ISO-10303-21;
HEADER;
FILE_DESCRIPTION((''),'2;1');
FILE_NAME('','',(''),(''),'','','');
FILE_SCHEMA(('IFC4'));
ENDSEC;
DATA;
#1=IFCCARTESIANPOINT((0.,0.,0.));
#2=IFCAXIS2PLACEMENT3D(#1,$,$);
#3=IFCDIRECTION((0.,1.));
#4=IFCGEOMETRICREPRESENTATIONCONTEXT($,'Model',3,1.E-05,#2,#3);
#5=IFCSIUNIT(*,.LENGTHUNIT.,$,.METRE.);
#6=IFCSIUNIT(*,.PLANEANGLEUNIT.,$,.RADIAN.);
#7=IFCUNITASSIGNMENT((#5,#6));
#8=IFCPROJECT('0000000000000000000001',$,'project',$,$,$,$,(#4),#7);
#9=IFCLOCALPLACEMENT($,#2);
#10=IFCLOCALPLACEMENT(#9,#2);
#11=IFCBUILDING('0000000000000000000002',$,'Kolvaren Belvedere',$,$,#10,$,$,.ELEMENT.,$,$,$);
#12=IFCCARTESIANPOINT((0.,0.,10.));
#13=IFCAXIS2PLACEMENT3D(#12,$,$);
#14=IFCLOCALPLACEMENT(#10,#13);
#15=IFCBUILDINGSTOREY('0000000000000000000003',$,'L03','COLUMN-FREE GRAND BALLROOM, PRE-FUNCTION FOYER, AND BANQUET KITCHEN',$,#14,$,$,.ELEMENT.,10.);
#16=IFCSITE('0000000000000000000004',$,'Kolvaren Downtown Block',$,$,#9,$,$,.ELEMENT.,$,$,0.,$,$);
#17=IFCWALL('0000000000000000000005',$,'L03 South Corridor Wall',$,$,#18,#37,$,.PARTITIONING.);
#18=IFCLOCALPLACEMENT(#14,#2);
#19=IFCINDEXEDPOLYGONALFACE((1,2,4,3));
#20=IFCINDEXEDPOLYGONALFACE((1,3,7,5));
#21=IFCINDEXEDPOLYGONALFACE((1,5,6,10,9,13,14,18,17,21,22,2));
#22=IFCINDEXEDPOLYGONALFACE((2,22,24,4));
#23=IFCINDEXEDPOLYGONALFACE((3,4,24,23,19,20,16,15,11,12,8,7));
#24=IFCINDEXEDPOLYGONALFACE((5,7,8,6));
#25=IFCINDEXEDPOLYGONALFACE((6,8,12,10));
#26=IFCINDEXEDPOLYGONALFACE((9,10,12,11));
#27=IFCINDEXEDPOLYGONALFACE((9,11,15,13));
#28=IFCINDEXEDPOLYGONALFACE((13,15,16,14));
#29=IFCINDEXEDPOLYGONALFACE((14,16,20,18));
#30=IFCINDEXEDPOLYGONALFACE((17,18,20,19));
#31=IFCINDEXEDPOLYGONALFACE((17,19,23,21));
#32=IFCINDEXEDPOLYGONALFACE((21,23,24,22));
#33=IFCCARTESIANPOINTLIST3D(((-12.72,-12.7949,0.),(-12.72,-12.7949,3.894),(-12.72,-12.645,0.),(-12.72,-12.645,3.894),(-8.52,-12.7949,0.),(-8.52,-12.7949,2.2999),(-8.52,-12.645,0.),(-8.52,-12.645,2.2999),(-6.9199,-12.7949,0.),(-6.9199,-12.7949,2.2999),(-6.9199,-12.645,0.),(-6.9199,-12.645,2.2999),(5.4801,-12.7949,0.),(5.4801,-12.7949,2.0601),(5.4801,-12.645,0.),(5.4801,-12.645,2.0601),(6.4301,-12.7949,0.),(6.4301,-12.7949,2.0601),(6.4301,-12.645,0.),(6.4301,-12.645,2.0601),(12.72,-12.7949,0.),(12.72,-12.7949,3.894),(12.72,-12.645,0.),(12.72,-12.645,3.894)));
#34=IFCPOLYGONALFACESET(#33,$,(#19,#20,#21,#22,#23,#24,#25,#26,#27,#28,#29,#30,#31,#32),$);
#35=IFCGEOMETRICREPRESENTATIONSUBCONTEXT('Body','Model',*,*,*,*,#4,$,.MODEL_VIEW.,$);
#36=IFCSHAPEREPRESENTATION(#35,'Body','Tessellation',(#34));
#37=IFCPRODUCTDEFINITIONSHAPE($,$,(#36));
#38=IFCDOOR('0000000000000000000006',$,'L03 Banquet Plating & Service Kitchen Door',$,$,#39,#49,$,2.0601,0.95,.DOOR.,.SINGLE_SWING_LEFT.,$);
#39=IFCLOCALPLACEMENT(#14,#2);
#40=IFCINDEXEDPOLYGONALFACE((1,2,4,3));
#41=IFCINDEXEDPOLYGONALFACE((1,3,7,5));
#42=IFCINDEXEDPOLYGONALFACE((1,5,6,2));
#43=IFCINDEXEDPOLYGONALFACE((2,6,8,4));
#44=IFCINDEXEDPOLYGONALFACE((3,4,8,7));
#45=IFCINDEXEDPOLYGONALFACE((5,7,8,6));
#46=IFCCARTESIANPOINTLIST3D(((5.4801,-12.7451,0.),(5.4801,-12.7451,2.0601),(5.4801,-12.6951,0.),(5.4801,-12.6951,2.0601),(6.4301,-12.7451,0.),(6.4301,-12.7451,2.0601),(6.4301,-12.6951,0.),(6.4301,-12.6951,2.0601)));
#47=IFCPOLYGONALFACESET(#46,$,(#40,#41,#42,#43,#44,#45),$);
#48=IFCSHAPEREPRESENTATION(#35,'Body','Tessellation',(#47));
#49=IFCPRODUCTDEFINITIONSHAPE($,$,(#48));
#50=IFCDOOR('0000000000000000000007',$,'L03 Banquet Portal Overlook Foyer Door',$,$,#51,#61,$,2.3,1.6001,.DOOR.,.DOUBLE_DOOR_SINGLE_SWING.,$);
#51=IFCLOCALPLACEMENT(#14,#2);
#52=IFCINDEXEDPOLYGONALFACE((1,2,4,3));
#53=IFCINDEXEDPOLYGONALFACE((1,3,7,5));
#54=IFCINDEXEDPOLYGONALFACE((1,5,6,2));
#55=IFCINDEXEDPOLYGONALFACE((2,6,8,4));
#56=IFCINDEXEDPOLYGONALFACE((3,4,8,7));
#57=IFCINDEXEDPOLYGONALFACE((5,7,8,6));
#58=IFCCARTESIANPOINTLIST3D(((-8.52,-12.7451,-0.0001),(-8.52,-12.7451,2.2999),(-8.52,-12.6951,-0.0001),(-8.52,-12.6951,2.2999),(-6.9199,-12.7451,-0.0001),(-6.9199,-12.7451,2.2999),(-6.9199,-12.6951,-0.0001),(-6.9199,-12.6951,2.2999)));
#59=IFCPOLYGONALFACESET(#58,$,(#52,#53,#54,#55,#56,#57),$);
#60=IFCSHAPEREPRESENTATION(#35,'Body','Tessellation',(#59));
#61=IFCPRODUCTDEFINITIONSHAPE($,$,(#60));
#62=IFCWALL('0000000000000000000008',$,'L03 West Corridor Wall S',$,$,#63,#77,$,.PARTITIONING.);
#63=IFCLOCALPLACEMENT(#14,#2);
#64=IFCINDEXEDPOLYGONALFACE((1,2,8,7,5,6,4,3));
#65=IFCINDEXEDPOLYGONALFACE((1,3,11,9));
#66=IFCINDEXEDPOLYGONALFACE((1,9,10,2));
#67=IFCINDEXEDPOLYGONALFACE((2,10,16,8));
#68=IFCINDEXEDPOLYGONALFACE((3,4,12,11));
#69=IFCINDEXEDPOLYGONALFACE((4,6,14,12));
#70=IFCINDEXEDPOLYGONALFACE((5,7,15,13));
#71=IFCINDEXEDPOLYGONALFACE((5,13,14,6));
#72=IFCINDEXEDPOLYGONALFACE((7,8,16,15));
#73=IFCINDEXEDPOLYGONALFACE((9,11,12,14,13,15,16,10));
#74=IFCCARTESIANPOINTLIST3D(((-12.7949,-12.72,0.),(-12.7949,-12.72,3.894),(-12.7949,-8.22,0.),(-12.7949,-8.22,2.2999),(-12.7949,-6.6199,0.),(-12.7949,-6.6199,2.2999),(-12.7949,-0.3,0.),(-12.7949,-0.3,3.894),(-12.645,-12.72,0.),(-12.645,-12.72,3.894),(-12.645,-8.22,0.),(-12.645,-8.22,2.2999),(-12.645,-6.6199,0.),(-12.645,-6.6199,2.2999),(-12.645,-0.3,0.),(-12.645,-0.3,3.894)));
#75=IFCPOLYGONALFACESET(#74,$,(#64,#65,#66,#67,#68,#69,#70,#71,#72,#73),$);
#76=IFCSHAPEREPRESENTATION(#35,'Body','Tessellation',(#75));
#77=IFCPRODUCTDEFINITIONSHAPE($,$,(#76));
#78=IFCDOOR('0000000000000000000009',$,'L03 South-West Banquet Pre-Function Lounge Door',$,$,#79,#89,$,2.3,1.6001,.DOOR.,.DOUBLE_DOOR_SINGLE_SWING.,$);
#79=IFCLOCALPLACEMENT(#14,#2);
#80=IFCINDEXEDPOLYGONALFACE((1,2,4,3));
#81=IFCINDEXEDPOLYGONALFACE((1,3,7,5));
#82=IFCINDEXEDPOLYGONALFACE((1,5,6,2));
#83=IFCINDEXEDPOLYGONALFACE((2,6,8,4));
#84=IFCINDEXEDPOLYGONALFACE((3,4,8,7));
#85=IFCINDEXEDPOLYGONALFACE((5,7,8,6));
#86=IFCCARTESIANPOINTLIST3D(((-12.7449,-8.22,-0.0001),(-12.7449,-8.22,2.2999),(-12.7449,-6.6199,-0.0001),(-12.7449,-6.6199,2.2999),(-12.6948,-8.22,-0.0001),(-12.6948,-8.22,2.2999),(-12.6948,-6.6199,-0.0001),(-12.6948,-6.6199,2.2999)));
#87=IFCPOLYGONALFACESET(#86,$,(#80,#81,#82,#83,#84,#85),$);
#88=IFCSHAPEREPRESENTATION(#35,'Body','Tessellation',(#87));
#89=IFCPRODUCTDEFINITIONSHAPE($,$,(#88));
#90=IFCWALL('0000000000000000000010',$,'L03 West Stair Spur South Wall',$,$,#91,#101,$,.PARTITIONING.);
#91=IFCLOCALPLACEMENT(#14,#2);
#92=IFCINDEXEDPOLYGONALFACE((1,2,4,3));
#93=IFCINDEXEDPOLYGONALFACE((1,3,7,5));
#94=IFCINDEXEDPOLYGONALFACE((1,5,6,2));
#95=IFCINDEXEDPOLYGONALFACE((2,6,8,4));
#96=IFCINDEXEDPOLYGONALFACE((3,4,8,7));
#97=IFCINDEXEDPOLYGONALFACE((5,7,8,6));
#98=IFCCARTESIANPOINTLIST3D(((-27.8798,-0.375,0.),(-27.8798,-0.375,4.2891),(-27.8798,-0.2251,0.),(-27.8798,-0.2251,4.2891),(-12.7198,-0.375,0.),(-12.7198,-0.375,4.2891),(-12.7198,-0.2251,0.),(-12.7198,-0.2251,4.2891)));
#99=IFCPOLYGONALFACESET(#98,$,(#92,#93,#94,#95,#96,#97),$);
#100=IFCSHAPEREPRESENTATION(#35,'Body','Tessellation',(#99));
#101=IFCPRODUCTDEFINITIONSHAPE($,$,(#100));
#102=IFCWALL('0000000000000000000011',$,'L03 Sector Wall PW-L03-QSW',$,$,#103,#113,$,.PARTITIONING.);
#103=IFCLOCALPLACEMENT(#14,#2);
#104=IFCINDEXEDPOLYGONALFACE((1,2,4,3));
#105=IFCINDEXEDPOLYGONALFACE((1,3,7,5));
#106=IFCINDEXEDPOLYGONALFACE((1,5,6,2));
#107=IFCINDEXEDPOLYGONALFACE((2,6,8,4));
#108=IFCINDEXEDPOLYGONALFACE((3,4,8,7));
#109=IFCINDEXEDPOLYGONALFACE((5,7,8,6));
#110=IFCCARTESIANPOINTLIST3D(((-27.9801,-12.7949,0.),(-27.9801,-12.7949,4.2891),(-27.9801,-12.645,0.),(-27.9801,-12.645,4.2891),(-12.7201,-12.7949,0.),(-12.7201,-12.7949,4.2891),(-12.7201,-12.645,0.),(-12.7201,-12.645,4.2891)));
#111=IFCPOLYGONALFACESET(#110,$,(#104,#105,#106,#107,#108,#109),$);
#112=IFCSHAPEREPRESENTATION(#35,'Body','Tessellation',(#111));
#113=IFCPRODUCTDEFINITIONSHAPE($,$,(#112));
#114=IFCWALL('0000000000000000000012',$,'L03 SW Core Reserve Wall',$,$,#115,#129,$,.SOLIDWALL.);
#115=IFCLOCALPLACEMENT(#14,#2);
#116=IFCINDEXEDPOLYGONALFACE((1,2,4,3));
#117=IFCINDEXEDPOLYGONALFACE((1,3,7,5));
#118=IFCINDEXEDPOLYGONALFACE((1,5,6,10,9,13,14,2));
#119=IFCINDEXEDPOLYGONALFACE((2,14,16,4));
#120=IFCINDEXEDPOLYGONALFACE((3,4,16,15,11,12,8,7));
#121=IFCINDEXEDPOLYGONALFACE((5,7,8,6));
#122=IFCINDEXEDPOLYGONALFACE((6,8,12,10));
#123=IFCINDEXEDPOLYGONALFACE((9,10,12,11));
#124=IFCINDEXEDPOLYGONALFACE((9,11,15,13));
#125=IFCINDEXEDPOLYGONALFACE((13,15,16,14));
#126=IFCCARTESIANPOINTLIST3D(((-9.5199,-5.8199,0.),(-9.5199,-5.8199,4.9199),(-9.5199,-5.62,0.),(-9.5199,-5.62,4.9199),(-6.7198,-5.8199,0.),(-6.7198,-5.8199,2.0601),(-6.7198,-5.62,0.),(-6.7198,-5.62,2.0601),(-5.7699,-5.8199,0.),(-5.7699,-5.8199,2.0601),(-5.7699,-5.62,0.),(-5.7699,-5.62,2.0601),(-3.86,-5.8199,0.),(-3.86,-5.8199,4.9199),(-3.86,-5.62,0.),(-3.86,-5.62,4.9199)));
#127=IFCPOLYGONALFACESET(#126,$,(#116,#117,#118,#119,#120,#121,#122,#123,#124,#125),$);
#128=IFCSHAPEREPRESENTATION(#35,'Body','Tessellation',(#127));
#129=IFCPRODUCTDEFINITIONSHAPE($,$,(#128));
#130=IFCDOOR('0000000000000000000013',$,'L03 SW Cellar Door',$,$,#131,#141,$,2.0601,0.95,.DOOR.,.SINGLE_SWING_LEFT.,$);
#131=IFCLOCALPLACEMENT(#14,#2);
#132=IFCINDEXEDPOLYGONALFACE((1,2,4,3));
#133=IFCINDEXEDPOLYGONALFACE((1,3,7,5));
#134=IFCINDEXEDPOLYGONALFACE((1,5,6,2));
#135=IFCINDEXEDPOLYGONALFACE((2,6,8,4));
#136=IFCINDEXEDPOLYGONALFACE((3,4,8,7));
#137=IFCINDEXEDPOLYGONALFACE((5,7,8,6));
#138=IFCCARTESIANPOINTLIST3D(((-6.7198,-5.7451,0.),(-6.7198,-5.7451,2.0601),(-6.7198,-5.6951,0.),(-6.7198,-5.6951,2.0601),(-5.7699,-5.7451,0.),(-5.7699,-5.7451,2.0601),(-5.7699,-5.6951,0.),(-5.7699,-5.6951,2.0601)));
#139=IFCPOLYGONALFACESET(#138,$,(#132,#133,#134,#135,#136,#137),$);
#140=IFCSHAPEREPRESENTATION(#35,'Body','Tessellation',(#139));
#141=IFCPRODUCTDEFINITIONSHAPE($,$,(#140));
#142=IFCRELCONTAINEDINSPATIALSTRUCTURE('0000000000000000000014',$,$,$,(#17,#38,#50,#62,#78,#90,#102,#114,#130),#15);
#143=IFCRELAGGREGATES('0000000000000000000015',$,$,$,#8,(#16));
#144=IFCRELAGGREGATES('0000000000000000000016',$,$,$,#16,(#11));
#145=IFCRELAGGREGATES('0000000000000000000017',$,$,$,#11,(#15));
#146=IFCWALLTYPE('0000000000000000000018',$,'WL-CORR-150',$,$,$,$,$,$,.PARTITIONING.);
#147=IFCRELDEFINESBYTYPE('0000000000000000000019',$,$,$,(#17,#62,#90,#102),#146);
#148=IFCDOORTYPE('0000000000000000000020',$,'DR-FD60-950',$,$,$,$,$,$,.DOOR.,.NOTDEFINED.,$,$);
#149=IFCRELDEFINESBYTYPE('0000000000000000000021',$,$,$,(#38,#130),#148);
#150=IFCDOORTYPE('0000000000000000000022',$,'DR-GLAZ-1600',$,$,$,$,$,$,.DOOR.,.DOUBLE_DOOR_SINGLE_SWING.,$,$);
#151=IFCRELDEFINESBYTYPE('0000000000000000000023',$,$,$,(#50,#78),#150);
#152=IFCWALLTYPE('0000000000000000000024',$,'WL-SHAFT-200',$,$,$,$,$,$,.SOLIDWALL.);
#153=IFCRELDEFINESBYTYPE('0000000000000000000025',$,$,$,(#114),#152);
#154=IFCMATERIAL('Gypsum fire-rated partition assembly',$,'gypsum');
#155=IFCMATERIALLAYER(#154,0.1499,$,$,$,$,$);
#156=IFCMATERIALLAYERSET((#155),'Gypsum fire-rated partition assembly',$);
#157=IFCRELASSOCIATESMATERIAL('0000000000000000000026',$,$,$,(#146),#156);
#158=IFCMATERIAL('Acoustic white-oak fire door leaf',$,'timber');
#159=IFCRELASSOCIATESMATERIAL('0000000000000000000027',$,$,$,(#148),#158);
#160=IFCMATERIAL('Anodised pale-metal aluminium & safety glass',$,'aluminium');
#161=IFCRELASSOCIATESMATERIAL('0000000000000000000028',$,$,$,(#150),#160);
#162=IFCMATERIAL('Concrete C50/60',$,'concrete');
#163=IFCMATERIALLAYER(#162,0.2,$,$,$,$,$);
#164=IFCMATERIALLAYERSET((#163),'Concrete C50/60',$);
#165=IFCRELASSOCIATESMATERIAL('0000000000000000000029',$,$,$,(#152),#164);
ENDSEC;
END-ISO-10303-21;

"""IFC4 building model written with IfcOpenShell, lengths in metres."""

from ifc_helpers import new_model, si_unit, direction, frame, frame_2d, origin, place, context, subcontext, project, spatial, rectangle, extrude, material, layer, layer_set, type_object, element, fill, save


model = new_model("IFC4")

# Units and contexts
model_context = context("Model", 3, precision=1e-05, world=origin(), true_north=direction((0.0, 1.0)))
body_context = subcontext(model_context, "Body", "Model", "MODEL_VIEW")
ifc_project = project(units=[si_unit("LENGTHUNIT", "METRE"), si_unit("PLANEANGLEUNIT", "RADIAN")], contexts=[model_context])

# Site, building, storey
site_placement = place(None, origin())
site = spatial("IfcSite", under=ifc_project, at=site_placement, Name="Kolvaren Downtown Block", CompositionType="ELEMENT", RefElevation=0.0)
building_placement = place(site_placement, origin())
building = spatial("IfcBuilding", under=site, at=building_placement, Name="Kolvaren Belvedere", CompositionType="ELEMENT")
storey_placement = place(building_placement, frame((0.0, 0.0, 10.0)))
storey = spatial("IfcBuildingStorey", under=building, at=storey_placement, Name="L03", Description="COLUMN-FREE GRAND BALLROOM, PRE-FUNCTION FOYER, AND BANQUET KITCHEN", CompositionType="ELEMENT", Elevation=10.0)

# Wall, openings, doors
ifc_material_1 = material(Name="Gypsum fire-rated partition assembly", Category="gypsum")
ifc_layer_1 = layer(ifc_material_1, 0.1499)
ifc_layer_set_1 = layer_set([ifc_layer_1], Name="Gypsum fire-rated partition assembly")
wall_type_1 = type_object("IfcWallType", Name="WL-CORR-150", PredefinedType="PARTITIONING", material=ifc_layer_set_1)
wall_1_placement = place(storey_placement, frame((-12.72, -12.72, 0.0), z_axis=(0.0, 0.0, 1.0), x_axis=(1.0, 0.0, 0.0)))
wall_1 = element("IfcWall", 1, at=wall_1_placement, inside=storey, type_object=wall_type_1, Name="L03 South Corridor Wall", PredefinedType="PARTITIONING", context=body_context, shape_type="SweptSolid", body=[
    extrude(rectangle(XDim=25.4399, YDim=0.1499, at=frame_2d((12.72, 0.0))), origin(), (0.0, 0.0, 1.0), 3.894),
])
opening_1_placement = place(wall_1_placement, frame((4.2, 0.0, 0.0)))
opening_1 = element("IfcOpeningElement", 2, at=opening_1_placement, cuts=wall_1, PredefinedType="OPENING", context=body_context, shape_type="SweptSolid", body=[
    extrude(rectangle(XDim=1.6001, YDim=2.3, at=frame_2d((0.8, 1.1499))), frame((0.0, 0.085, 0.0), z_axis=(0.0, -1.0, 0.0), x_axis=(1.0, 0.0, 0.0)), (0.0, 0.0, 1.0), 0.1699),
])
opening_2_placement = place(wall_1_placement, frame((18.2, 0.0, 0.0)))
opening_2 = element("IfcOpeningElement", 3, at=opening_2_placement, cuts=wall_1, PredefinedType="OPENING", context=body_context, shape_type="SweptSolid", body=[
    extrude(rectangle(XDim=0.95, YDim=2.0601, at=frame_2d((0.4751, 1.03))), frame((0.0, 0.085, 0.0), z_axis=(0.0, -1.0, 0.0), x_axis=(1.0, 0.0, 0.0)), (0.0, 0.0, 1.0), 0.1699),
])
ifc_material_2 = material(Name="Acoustic white-oak fire door leaf", Category="timber")
door_type_1 = type_object("IfcDoorType", Name="DR-FD60-950", OperationType="NOTDEFINED", PredefinedType="DOOR", material=ifc_material_2)
door_1_placement = place(opening_2_placement, origin())
door_1 = element("IfcDoor", 4, at=door_1_placement, inside=storey, type_object=door_type_1, Name="L03 Banquet Plating & Service Kitchen Door", OperationType="SINGLE_SWING_LEFT", OverallHeight=2.0601, OverallWidth=0.95, PredefinedType="DOOR", context=body_context, shape_type="SweptSolid", body=[
    extrude(rectangle(XDim=0.95, YDim=2.0601, at=frame_2d((0.4751, 1.03))), frame((0.0, 0.0249, 0.0), z_axis=(0.0, -1.0, 0.0), x_axis=(1.0, 0.0, 0.0)), (0.0, 0.0, 1.0), 0.05),
])
fill(opening_2, door_1)
ifc_material_3 = material(Name="Anodised pale-metal aluminium & safety glass", Category="aluminium")
door_type_2 = type_object("IfcDoorType", Name="DR-GLAZ-1600", OperationType="DOUBLE_DOOR_SINGLE_SWING", PredefinedType="DOOR", material=ifc_material_3)
door_2_placement = place(opening_1_placement, origin())
door_2 = element("IfcDoor", 5, at=door_2_placement, inside=storey, type_object=door_type_2, Name="L03 Banquet Portal Overlook Foyer Door", OperationType="DOUBLE_DOOR_SINGLE_SWING", OverallHeight=2.3, OverallWidth=1.6001, PredefinedType="DOOR", context=body_context, shape_type="SweptSolid", body=[
    extrude(rectangle(XDim=1.6001, YDim=2.3, at=frame_2d((0.8, 1.1499))), frame((0.0, 0.0249, 0.0), z_axis=(0.0, -1.0, 0.0), x_axis=(1.0, 0.0, 0.0)), (0.0, 0.0, 1.0), 0.05),
])
fill(opening_1, door_2)

# Wall, opening, door
wall_2_placement = place(storey_placement, frame((-12.72, -12.72, 0.0), z_axis=(0.0, 0.0, 1.0), x_axis=(0.0, 1.0, 0.0)))
wall_2 = element("IfcWall", 6, at=wall_2_placement, inside=storey, type_object=wall_type_1, Name="L03 West Corridor Wall S", PredefinedType="PARTITIONING", context=body_context, shape_type="SweptSolid", body=[
    extrude(rectangle(XDim=12.4199, YDim=0.1499, at=frame_2d((6.21, 0.0))), origin(), (0.0, 0.0, 1.0), 3.894),
])
opening_3_placement = place(wall_2_placement, frame((4.5, 0.0, 0.0)))
opening_3 = element("IfcOpeningElement", 7, at=opening_3_placement, cuts=wall_2, PredefinedType="OPENING", context=body_context, shape_type="SweptSolid", body=[
    extrude(rectangle(XDim=1.6001, YDim=2.3, at=frame_2d((0.8, 1.1499))), frame((0.0, 0.085, 0.0), z_axis=(0.0, -1.0, 0.0), x_axis=(1.0, 0.0, 0.0)), (0.0, 0.0, 1.0), 0.1699),
])
door_3_placement = place(opening_3_placement, origin())
door_3 = element("IfcDoor", 8, at=door_3_placement, inside=storey, type_object=door_type_2, Name="L03 South-West Banquet Pre-Function Lounge Door", OperationType="DOUBLE_DOOR_SINGLE_SWING", OverallHeight=2.3, OverallWidth=1.6001, PredefinedType="DOOR", context=body_context, shape_type="SweptSolid", body=[
    extrude(rectangle(XDim=1.6001, YDim=2.3, at=frame_2d((0.8, 1.1499))), frame((0.0, 0.0249, 0.0), z_axis=(0.0, -1.0, 0.0), x_axis=(1.0, 0.0, 0.0)), (0.0, 0.0, 1.0), 0.05),
])
fill(opening_3, door_3)

# Walls
wall_3_placement = place(storey_placement, frame((-27.8799, -0.3, 0.0), z_axis=(0.0, 0.0, 1.0), x_axis=(1.0, 0.0, 0.0)))
element("IfcWall", 9, at=wall_3_placement, inside=storey, type_object=wall_type_1, Name="L03 West Stair Spur South Wall", PredefinedType="PARTITIONING", context=body_context, shape_type="SweptSolid", body=[
    extrude(rectangle(XDim=15.1599, YDim=0.1499, at=frame_2d((7.5801, 0.0))), origin(), (0.0, 0.0, 1.0), 4.2891),
])
wall_4_placement = place(storey_placement, frame((-27.98, -12.72, 0.0), z_axis=(0.0, 0.0, 1.0), x_axis=(1.0, 0.0, 0.0)))
element("IfcWall", 10, at=wall_4_placement, inside=storey, type_object=wall_type_1, Name="L03 Sector Wall PW-L03-QSW", PredefinedType="PARTITIONING", context=body_context, shape_type="SweptSolid", body=[
    extrude(rectangle(XDim=15.26, YDim=0.1499, at=frame_2d((7.6299, 0.0))), origin(), (0.0, 0.0, 1.0), 4.2891),
])

# Wall, opening, door
ifc_material_4 = material(Name="Concrete C50/60", Category="concrete")
ifc_layer_2 = layer(ifc_material_4, 0.2)
ifc_layer_set_2 = layer_set([ifc_layer_2], Name="Concrete C50/60")
wall_type_2 = type_object("IfcWallType", Name="WL-SHAFT-200", PredefinedType="SOLIDWALL", material=ifc_layer_set_2)
wall_5_placement = place(storey_placement, frame((-9.52, -5.72, 0.0), z_axis=(0.0, 0.0, 1.0), x_axis=(1.0, 0.0, 0.0)))
wall_5 = element("IfcWall", 11, at=wall_5_placement, inside=storey, type_object=wall_type_2, Name="L03 SW Core Reserve Wall", PredefinedType="SOLIDWALL", context=body_context, shape_type="SweptSolid", body=[
    extrude(rectangle(XDim=5.6599, YDim=0.2, at=frame_2d((2.8301, 0.0))), origin(), (0.0, 0.0, 1.0), 4.9199),
])
opening_4_placement = place(wall_5_placement, frame((2.8, 0.0, 0.0)))
opening_4 = element("IfcOpeningElement", 12, at=opening_4_placement, cuts=wall_5, PredefinedType="OPENING", context=body_context, shape_type="SweptSolid", body=[
    extrude(rectangle(XDim=0.95, YDim=2.0601, at=frame_2d((0.4751, 1.03))), frame((0.0, 0.1099, 0.0), z_axis=(0.0, -1.0, 0.0), x_axis=(1.0, 0.0, 0.0)), (0.0, 0.0, 1.0), 0.22),
])
door_4_placement = place(opening_4_placement, origin())
door_4 = element("IfcDoor", 13, at=door_4_placement, inside=storey, type_object=door_type_1, Name="L03 SW Cellar Door", OperationType="SINGLE_SWING_LEFT", OverallHeight=2.0601, OverallWidth=0.95, PredefinedType="DOOR", context=body_context, shape_type="SweptSolid", body=[
    extrude(rectangle(XDim=0.95, YDim=2.0601, at=frame_2d((0.4751, 1.03))), frame((0.0, 0.0249, 0.0), z_axis=(0.0, -1.0, 0.0), x_axis=(1.0, 0.0, 0.0)), (0.0, 0.0, 1.0), 0.05),
])
fill(opening_4, door_4)

save(model, "model.ifc")
